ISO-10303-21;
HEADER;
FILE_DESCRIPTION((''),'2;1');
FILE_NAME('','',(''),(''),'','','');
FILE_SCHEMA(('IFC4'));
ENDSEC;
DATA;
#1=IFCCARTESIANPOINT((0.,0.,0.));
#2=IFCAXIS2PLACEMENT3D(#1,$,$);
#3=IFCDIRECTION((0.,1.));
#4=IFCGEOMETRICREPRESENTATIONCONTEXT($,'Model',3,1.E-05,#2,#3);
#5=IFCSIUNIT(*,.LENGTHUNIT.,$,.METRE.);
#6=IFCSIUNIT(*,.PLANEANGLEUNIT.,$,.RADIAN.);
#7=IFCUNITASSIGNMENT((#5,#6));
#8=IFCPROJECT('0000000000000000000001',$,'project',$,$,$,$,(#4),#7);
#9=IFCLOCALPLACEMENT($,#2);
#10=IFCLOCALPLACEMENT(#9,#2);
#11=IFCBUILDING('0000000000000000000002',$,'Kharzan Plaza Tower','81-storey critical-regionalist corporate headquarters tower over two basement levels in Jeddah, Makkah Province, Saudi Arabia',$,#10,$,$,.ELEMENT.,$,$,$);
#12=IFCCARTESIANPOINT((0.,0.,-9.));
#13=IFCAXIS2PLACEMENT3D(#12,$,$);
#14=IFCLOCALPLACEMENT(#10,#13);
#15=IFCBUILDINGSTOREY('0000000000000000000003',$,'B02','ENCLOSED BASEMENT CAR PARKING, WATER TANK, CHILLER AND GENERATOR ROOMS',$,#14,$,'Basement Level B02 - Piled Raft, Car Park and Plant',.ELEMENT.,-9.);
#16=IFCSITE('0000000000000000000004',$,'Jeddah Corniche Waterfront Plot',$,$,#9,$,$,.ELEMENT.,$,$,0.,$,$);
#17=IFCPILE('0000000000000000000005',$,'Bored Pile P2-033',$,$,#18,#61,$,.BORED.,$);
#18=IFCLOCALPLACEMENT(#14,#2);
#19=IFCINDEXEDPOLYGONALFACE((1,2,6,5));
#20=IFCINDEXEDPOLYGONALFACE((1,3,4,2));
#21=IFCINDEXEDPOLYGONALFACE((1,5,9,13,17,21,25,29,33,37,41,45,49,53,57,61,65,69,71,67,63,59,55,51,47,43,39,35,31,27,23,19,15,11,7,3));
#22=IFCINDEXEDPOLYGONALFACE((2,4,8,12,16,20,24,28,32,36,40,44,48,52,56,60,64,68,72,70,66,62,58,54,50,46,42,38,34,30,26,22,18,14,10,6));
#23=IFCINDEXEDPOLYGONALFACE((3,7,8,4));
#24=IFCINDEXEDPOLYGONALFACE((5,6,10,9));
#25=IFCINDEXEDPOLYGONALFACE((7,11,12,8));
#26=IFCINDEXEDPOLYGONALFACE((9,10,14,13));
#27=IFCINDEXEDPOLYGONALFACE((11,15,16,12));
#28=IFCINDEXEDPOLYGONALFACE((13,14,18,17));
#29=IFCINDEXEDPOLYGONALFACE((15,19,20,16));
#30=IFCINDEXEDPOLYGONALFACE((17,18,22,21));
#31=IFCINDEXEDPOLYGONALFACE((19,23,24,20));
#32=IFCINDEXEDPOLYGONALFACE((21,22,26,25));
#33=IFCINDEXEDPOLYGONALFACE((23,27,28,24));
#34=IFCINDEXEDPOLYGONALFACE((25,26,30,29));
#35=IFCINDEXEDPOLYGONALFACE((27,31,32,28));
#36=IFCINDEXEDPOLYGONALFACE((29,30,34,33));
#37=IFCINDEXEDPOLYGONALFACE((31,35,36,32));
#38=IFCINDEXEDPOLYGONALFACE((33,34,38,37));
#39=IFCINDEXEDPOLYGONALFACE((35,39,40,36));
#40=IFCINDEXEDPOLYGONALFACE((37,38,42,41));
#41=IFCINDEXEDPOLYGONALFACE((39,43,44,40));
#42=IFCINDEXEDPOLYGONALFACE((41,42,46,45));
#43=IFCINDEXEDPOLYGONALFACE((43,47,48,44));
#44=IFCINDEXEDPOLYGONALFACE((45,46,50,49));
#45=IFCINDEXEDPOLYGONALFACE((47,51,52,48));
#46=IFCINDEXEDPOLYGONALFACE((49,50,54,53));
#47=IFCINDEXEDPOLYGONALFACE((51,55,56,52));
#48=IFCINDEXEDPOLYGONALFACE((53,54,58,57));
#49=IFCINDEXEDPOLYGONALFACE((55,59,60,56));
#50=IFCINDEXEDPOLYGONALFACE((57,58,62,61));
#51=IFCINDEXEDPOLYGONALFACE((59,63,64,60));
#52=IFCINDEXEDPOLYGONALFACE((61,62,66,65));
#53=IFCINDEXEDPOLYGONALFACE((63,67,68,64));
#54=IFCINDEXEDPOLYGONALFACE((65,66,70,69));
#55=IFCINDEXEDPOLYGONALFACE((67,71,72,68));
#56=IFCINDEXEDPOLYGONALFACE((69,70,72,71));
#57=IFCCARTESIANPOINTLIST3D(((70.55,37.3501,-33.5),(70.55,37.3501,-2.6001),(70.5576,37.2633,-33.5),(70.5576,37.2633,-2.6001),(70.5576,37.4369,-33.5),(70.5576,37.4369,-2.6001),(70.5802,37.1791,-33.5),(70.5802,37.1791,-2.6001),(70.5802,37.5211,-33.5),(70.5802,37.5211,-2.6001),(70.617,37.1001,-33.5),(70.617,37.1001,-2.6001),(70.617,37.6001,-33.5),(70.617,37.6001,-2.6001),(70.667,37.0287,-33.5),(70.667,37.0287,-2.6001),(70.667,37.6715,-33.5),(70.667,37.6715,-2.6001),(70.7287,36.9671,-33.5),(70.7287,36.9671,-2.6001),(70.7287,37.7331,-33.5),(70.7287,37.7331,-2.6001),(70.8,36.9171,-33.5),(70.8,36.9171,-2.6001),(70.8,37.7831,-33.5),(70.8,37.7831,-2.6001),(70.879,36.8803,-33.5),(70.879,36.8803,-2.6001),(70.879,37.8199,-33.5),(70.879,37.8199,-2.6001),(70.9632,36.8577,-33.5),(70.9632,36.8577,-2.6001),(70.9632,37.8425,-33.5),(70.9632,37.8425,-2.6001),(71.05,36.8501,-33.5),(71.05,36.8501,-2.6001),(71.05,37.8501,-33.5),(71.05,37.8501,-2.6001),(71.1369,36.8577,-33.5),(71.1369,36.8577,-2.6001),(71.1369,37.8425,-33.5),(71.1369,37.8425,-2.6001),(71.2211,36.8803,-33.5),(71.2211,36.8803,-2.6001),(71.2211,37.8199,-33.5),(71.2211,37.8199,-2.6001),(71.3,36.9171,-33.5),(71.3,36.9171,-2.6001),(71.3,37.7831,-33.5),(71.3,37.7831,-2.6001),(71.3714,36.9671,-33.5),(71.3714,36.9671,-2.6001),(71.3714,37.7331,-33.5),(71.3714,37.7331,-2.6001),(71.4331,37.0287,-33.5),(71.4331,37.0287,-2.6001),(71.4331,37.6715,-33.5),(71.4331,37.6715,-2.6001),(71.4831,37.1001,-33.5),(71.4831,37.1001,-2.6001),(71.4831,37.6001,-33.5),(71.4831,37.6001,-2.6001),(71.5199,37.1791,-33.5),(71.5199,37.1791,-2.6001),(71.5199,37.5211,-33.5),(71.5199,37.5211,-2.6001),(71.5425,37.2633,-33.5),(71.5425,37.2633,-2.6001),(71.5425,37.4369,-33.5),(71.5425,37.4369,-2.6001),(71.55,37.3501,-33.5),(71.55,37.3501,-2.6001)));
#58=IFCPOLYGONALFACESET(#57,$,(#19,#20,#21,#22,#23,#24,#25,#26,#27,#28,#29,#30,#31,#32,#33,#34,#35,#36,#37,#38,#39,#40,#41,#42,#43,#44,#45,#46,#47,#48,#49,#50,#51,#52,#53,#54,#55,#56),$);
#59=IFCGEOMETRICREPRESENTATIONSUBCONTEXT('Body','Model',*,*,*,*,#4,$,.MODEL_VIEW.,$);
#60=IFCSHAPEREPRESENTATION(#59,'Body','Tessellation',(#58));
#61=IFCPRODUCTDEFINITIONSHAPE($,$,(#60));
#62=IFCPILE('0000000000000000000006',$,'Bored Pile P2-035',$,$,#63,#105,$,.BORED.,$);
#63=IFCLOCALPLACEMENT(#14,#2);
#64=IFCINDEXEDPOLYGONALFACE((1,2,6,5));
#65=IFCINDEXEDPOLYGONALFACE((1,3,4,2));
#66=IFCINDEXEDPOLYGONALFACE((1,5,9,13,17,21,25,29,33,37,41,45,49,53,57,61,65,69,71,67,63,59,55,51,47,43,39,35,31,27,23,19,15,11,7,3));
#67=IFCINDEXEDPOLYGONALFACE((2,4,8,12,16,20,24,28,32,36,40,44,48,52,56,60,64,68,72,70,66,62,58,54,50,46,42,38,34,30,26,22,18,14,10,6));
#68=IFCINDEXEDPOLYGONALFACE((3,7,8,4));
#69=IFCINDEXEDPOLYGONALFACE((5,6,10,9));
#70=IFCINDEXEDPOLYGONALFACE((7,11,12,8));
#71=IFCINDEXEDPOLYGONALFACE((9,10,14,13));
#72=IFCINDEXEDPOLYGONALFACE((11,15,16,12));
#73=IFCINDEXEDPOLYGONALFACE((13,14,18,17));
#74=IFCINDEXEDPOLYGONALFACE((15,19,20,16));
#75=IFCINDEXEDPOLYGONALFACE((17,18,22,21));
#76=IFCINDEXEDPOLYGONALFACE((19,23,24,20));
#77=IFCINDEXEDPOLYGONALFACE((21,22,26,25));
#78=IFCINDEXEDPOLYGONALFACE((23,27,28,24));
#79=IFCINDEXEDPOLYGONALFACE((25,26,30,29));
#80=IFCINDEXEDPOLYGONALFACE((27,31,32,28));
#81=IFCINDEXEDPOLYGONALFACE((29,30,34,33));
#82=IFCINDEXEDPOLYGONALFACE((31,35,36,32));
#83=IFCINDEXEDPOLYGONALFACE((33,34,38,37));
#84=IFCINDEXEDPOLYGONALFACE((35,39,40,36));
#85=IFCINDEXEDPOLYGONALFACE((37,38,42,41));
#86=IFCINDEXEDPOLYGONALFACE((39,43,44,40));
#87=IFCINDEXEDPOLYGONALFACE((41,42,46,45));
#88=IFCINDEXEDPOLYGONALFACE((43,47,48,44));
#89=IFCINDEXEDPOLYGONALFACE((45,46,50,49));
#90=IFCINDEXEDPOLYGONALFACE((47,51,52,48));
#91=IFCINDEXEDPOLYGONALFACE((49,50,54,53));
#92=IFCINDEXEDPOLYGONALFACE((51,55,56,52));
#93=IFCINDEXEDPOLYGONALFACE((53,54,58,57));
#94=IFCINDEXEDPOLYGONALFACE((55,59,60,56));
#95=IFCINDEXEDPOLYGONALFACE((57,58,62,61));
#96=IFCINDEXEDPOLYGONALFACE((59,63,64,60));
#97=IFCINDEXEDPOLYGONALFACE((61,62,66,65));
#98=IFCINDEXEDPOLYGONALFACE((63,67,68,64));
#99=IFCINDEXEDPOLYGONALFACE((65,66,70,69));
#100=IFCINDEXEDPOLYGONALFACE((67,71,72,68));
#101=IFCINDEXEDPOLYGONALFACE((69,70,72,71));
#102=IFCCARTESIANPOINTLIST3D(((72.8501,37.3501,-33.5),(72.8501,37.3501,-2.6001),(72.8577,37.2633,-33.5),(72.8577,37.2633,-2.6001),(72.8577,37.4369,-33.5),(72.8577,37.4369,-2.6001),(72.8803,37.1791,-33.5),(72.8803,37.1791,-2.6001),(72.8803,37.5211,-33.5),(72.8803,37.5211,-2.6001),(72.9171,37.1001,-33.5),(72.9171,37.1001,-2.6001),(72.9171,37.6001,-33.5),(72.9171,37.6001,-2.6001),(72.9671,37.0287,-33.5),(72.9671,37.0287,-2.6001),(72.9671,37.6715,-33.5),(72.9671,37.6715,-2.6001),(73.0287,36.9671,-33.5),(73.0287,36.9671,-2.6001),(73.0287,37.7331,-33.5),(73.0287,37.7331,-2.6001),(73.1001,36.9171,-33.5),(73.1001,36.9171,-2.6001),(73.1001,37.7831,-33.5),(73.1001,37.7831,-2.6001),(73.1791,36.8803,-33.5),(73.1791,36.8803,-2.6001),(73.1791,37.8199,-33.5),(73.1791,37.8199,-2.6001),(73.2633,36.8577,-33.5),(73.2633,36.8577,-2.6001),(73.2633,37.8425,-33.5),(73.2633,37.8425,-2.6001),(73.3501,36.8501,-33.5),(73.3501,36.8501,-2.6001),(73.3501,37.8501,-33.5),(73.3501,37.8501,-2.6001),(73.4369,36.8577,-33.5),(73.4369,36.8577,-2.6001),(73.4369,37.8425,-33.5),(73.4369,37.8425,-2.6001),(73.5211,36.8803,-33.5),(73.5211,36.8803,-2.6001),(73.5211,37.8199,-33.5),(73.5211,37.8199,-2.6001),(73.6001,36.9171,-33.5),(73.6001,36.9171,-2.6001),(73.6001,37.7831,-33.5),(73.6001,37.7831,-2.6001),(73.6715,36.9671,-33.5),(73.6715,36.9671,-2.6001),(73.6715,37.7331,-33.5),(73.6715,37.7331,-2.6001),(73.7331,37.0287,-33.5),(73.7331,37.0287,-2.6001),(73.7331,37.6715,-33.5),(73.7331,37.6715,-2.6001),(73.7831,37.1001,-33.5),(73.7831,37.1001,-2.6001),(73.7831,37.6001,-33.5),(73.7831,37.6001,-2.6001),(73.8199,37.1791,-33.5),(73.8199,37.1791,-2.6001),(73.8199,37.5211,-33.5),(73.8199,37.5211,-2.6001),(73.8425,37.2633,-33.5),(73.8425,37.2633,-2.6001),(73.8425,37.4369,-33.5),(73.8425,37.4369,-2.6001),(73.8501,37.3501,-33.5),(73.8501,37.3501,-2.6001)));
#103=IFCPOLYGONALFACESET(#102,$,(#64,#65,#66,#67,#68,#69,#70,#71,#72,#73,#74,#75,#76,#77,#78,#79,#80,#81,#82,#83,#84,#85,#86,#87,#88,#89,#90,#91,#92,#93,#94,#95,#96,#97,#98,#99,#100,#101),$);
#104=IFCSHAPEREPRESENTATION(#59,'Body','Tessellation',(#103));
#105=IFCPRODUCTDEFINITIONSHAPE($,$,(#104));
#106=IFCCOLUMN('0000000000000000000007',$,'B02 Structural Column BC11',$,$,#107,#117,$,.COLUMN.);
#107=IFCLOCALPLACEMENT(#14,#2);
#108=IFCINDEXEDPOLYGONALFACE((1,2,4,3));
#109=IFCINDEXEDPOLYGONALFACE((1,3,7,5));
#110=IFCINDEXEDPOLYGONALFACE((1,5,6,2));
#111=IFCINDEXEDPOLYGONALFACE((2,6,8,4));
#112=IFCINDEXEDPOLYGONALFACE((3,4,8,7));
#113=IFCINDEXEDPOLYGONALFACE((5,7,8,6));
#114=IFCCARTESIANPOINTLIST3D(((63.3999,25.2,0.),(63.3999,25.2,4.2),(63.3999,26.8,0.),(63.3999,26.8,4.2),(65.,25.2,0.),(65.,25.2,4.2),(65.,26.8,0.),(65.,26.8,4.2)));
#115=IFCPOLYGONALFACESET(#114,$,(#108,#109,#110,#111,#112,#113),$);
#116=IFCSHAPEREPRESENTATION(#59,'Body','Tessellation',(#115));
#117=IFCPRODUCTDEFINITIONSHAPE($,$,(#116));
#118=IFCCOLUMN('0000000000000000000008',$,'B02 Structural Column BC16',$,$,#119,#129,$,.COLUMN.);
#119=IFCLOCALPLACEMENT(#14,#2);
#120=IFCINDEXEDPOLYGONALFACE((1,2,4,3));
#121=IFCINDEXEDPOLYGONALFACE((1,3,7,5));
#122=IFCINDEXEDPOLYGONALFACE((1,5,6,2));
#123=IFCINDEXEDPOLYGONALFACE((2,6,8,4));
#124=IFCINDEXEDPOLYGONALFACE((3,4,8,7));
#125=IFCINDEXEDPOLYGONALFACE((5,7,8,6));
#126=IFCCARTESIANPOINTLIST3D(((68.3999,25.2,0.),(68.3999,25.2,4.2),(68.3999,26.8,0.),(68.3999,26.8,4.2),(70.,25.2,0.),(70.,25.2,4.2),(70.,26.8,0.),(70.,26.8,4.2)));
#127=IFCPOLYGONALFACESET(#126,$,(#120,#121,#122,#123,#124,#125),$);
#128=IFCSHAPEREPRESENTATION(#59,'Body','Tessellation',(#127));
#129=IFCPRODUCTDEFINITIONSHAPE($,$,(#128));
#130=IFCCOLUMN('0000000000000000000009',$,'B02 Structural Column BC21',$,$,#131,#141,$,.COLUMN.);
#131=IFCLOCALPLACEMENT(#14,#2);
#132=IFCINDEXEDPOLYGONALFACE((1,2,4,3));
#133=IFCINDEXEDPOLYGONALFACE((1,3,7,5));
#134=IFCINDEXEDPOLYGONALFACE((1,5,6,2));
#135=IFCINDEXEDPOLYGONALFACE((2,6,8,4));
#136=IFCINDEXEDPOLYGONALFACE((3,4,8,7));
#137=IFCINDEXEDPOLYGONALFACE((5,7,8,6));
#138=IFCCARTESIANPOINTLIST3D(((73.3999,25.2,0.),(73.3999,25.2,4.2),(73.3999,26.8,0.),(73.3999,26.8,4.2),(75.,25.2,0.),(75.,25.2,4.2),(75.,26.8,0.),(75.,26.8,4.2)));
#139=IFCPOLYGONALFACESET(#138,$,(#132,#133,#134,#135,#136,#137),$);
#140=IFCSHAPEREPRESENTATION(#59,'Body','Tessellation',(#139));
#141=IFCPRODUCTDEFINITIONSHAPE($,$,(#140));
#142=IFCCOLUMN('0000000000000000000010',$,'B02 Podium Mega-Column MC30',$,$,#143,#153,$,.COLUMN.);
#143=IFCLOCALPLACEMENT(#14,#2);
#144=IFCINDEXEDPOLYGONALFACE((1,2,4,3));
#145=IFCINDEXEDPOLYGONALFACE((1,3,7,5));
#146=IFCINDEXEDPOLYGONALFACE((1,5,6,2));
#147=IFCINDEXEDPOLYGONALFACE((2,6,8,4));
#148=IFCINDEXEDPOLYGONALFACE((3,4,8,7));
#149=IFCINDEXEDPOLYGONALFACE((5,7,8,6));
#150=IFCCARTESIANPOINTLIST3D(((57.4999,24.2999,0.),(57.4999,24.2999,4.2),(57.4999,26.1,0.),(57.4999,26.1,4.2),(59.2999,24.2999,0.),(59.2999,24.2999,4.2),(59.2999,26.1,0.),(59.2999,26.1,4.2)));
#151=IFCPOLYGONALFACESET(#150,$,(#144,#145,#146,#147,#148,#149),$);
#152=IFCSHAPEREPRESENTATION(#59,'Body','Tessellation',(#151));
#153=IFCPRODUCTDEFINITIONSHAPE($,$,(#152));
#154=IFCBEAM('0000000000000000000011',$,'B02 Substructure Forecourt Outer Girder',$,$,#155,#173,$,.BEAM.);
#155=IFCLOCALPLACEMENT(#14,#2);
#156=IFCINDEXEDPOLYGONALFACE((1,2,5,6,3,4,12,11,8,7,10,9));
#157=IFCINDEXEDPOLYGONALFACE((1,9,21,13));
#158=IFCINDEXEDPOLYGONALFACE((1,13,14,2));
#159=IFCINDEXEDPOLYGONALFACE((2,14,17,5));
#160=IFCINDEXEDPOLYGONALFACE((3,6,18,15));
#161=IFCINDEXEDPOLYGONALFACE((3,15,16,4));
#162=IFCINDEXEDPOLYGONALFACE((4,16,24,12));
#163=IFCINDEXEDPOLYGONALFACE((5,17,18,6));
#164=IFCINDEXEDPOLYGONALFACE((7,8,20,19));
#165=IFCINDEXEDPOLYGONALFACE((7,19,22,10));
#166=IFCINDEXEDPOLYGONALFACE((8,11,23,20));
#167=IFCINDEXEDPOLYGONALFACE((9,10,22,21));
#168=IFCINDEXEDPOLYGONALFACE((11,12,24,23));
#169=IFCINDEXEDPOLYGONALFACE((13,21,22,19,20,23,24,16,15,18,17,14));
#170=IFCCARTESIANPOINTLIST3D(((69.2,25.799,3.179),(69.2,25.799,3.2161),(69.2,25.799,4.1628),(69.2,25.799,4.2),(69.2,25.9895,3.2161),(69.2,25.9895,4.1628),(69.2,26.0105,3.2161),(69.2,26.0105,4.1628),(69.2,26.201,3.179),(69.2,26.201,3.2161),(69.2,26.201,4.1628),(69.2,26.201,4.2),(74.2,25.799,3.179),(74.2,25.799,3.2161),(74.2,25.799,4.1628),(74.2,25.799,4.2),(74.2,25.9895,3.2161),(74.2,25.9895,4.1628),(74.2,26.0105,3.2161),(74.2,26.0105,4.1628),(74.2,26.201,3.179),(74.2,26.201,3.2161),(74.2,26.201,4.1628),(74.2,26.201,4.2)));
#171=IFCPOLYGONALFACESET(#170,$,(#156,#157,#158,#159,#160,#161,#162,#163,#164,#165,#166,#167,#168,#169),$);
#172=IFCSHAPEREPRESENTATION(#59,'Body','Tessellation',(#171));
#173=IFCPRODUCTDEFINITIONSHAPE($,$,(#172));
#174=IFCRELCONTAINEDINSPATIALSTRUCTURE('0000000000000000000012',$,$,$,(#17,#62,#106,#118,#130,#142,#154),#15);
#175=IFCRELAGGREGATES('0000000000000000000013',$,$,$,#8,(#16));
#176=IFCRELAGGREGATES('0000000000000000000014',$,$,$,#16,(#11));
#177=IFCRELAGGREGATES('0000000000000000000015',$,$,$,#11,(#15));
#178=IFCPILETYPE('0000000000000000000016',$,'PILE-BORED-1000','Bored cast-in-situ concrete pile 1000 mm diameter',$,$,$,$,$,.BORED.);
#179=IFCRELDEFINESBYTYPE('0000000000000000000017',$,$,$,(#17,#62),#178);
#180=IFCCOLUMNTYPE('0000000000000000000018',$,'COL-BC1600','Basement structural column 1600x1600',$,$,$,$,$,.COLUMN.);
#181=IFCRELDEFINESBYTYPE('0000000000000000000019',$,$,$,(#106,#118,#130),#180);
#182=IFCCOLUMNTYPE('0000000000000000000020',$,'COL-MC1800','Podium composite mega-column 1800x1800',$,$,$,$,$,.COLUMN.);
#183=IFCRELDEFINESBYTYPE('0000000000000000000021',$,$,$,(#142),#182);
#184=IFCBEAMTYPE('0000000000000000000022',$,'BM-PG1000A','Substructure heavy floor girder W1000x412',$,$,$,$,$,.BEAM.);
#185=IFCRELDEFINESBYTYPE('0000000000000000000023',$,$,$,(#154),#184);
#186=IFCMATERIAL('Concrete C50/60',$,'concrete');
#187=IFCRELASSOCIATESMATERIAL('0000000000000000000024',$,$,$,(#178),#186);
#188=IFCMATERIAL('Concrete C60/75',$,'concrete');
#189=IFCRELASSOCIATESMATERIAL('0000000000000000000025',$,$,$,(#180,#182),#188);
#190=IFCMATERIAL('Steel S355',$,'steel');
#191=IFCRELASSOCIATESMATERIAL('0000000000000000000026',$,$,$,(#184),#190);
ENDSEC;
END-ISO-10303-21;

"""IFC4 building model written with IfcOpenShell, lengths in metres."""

from ifc_helpers import new_model, si_unit, direction, frame, origin, origin_2d, place, context, subcontext, project, spatial, rectangle, circle, i_section, extrude, source, transform, mapped, material, material_profile, profile_set, type_object, element, save


model = new_model("IFC4")

# Units and contexts
model_context = context("Model", 3, precision=1e-05, world=origin(), true_north=direction((0.0, 1.0)))
body_context = subcontext(model_context, "Body", "Model", "MODEL_VIEW")
ifc_project = project(units=[si_unit("LENGTHUNIT", "METRE"), si_unit("PLANEANGLEUNIT", "RADIAN")], contexts=[model_context])

# Site, building, storey
site_placement = place(None, origin())
site = spatial("IfcSite", under=ifc_project, at=site_placement, Name="Jeddah Corniche Waterfront Plot", CompositionType="ELEMENT", RefElevation=0.0)
building_placement = place(site_placement, origin())
building = spatial("IfcBuilding", under=site, at=building_placement, Name="Kharzan Plaza Tower", Description="81-storey critical-regionalist corporate headquarters tower over two basement levels in Jeddah, Makkah Province, Saudi Arabia", CompositionType="ELEMENT")
storey_placement = place(building_placement, frame((0.0, 0.0, -9.0)))
storey = spatial("IfcBuildingStorey", under=building, at=storey_placement, Name="B02", Description="ENCLOSED BASEMENT CAR PARKING, WATER TANK, CHILLER AND GENERATOR ROOMS", LongName="Basement Level B02 - Piled Raft, Car Park and Plant", CompositionType="ELEMENT", Elevation=-9.0)

# Shared definitions
ifc_material_1 = material(Name="Concrete C50/60", Category="concrete")

# Piles
ifc_material_profile_1 = material_profile(ifc_material_1, circle(Radius=0.5, at=origin_2d()), Name="PILE-D1000")
ifc_profile_set_1 = profile_set([ifc_material_profile_1], Name="Concrete C50/60")
pile_type = type_object("IfcPileType", Name="PILE-BORED-1000", Description="Bored cast-in-situ concrete pile 1000 mm diameter", PredefinedType="BORED", material=ifc_profile_set_1)
shared_shape_1 = source(origin(), body_context, "Body", "SweptSolid", [
    extrude(circle(Radius=0.5, at=origin_2d()), origin(), (0.0, 0.0, 1.0), 30.8999),
])
for number, where, z_axis, x_axis, name in (
    (1, (71.05, 37.3501, -2.6001), (0.0, 0.0, -1.0), (1.0, 0.0, 0.0), "Bored Pile P2-033"),
    (2, (73.3501, 37.3501, -2.6001), (0.0, 0.0, -1.0), (1.0, 0.0, 0.0), "Bored Pile P2-035"),
):
    element("IfcPile", number, at=place(storey_placement, frame(where, z_axis=z_axis, x_axis=x_axis)), inside=storey, type_object=pile_type, Name=name, PredefinedType="BORED", context=body_context, shape_type="MappedRepresentation", body=[
        mapped(shared_shape_1, transform((0.0, 0.0, 0.0), x_axis=(1.0, 0.0, 0.0), y_axis=(0.0, 1.0, 0.0), z_axis=(0.0, 0.0, 1.0))),
    ])

# Columns
ifc_material_2 = material(Name="Concrete C60/75", Category="concrete")
ifc_material_profile_2 = material_profile(ifc_material_2, rectangle(XDim=1.6001, YDim=1.6001, at=origin_2d()), Name="RC-MC1600x1600")
ifc_profile_set_2 = profile_set([ifc_material_profile_2], Name="Concrete C60/75")
column_type_1 = type_object("IfcColumnType", Name="COL-BC1600", Description="Basement structural column 1600x1600", PredefinedType="COLUMN", material=ifc_profile_set_2)
shared_shape_2 = source(origin(), body_context, "Body", "SweptSolid", [
    extrude(rectangle(XDim=1.6001, YDim=1.6001, at=origin_2d()), origin(), (0.0, 0.0, 1.0), 4.2),
])
for number, where, z_axis, x_axis, name in (
    (3, (64.2, 26.0, 0.0), (0.0, 0.0, 1.0), (1.0, 0.0, 0.0), "B02 Structural Column BC11"),
    (4, (69.2, 26.0, 0.0), (0.0, 0.0, 1.0), (1.0, 0.0, 0.0), "B02 Structural Column BC16"),
    (5, (74.2, 26.0, 0.0), (0.0, 0.0, 1.0), (1.0, 0.0, 0.0), "B02 Structural Column BC21"),
):
    element("IfcColumn", number, at=place(storey_placement, frame(where, z_axis=z_axis, x_axis=x_axis)), inside=storey, type_object=column_type_1, Name=name, PredefinedType="COLUMN", context=body_context, shape_type="MappedRepresentation", body=[
        mapped(shared_shape_2, transform((0.0, 0.0, 0.0), x_axis=(1.0, 0.0, 0.0), y_axis=(0.0, 1.0, 0.0), z_axis=(0.0, 0.0, 1.0))),
    ])
ifc_material_profile_3 = material_profile(ifc_material_2, rectangle(XDim=1.8, YDim=1.8, at=origin_2d()), Name="RC-MC1800x1800")
ifc_profile_set_3 = profile_set([ifc_material_profile_3], Name="Concrete C60/75")
column_type_2 = type_object("IfcColumnType", Name="COL-MC1800", Description="Podium composite mega-column 1800x1800", PredefinedType="COLUMN", material=ifc_profile_set_3)
shared_shape_3 = source(origin(), body_context, "Body", "SweptSolid", [
    extrude(rectangle(XDim=1.8, YDim=1.8, at=origin_2d()), origin(), (0.0, 0.0, 1.0), 4.2),
])
column_placement = place(storey_placement, frame((58.3999, 25.2, 0.0), z_axis=(0.0, 0.0, 1.0), x_axis=(1.0, 0.0, 0.0)))
element("IfcColumn", 6, at=column_placement, inside=storey, type_object=column_type_2, Name="B02 Podium Mega-Column MC30", PredefinedType="COLUMN", context=body_context, shape_type="MappedRepresentation", body=[
    mapped(shared_shape_3, transform((0.0, 0.0, 0.0), x_axis=(1.0, 0.0, 0.0), y_axis=(0.0, 1.0, 0.0), z_axis=(0.0, 0.0, 1.0))),
])

# Beam
ifc_material_3 = material(Name="Steel S355", Category="steel")
ifc_material_profile_4 = material_profile(ifc_material_3, i_section(OverallWidth=0.4021, OverallDepth=1.021, WebThickness=0.021, FlangeThickness=0.0371, at=origin_2d()), Name="W1000x412")
ifc_profile_set_4 = profile_set([ifc_material_profile_4], Name="Steel S355")
beam_type = type_object("IfcBeamType", Name="BM-PG1000A", Description="Substructure heavy floor girder W1000x412", PredefinedType="BEAM", material=ifc_profile_set_4)
shared_shape_4 = source(origin(), body_context, "Body", "SweptSolid", [
    extrude(i_section(OverallWidth=0.4021, OverallDepth=1.021, WebThickness=0.021, FlangeThickness=0.0371, at=origin_2d()), origin(), (0.0, 0.0, 1.0), 5.0),
])
beam_placement = place(storey_placement, frame((69.2, 26.0, 3.6895), z_axis=(1.0, 0.0, 0.0), x_axis=(0.0, 1.0, 0.0)))
element("IfcBeam", 7, at=beam_placement, inside=storey, type_object=beam_type, Name="B02 Substructure Forecourt Outer Girder", PredefinedType="BEAM", context=body_context, shape_type="MappedRepresentation", body=[
    mapped(shared_shape_4, transform((0.0, 0.0, 0.0), x_axis=(1.0, 0.0, 0.0), y_axis=(0.0, 1.0, 0.0), z_axis=(0.0, 0.0, 1.0))),
])

save(model, "model.ifc")
